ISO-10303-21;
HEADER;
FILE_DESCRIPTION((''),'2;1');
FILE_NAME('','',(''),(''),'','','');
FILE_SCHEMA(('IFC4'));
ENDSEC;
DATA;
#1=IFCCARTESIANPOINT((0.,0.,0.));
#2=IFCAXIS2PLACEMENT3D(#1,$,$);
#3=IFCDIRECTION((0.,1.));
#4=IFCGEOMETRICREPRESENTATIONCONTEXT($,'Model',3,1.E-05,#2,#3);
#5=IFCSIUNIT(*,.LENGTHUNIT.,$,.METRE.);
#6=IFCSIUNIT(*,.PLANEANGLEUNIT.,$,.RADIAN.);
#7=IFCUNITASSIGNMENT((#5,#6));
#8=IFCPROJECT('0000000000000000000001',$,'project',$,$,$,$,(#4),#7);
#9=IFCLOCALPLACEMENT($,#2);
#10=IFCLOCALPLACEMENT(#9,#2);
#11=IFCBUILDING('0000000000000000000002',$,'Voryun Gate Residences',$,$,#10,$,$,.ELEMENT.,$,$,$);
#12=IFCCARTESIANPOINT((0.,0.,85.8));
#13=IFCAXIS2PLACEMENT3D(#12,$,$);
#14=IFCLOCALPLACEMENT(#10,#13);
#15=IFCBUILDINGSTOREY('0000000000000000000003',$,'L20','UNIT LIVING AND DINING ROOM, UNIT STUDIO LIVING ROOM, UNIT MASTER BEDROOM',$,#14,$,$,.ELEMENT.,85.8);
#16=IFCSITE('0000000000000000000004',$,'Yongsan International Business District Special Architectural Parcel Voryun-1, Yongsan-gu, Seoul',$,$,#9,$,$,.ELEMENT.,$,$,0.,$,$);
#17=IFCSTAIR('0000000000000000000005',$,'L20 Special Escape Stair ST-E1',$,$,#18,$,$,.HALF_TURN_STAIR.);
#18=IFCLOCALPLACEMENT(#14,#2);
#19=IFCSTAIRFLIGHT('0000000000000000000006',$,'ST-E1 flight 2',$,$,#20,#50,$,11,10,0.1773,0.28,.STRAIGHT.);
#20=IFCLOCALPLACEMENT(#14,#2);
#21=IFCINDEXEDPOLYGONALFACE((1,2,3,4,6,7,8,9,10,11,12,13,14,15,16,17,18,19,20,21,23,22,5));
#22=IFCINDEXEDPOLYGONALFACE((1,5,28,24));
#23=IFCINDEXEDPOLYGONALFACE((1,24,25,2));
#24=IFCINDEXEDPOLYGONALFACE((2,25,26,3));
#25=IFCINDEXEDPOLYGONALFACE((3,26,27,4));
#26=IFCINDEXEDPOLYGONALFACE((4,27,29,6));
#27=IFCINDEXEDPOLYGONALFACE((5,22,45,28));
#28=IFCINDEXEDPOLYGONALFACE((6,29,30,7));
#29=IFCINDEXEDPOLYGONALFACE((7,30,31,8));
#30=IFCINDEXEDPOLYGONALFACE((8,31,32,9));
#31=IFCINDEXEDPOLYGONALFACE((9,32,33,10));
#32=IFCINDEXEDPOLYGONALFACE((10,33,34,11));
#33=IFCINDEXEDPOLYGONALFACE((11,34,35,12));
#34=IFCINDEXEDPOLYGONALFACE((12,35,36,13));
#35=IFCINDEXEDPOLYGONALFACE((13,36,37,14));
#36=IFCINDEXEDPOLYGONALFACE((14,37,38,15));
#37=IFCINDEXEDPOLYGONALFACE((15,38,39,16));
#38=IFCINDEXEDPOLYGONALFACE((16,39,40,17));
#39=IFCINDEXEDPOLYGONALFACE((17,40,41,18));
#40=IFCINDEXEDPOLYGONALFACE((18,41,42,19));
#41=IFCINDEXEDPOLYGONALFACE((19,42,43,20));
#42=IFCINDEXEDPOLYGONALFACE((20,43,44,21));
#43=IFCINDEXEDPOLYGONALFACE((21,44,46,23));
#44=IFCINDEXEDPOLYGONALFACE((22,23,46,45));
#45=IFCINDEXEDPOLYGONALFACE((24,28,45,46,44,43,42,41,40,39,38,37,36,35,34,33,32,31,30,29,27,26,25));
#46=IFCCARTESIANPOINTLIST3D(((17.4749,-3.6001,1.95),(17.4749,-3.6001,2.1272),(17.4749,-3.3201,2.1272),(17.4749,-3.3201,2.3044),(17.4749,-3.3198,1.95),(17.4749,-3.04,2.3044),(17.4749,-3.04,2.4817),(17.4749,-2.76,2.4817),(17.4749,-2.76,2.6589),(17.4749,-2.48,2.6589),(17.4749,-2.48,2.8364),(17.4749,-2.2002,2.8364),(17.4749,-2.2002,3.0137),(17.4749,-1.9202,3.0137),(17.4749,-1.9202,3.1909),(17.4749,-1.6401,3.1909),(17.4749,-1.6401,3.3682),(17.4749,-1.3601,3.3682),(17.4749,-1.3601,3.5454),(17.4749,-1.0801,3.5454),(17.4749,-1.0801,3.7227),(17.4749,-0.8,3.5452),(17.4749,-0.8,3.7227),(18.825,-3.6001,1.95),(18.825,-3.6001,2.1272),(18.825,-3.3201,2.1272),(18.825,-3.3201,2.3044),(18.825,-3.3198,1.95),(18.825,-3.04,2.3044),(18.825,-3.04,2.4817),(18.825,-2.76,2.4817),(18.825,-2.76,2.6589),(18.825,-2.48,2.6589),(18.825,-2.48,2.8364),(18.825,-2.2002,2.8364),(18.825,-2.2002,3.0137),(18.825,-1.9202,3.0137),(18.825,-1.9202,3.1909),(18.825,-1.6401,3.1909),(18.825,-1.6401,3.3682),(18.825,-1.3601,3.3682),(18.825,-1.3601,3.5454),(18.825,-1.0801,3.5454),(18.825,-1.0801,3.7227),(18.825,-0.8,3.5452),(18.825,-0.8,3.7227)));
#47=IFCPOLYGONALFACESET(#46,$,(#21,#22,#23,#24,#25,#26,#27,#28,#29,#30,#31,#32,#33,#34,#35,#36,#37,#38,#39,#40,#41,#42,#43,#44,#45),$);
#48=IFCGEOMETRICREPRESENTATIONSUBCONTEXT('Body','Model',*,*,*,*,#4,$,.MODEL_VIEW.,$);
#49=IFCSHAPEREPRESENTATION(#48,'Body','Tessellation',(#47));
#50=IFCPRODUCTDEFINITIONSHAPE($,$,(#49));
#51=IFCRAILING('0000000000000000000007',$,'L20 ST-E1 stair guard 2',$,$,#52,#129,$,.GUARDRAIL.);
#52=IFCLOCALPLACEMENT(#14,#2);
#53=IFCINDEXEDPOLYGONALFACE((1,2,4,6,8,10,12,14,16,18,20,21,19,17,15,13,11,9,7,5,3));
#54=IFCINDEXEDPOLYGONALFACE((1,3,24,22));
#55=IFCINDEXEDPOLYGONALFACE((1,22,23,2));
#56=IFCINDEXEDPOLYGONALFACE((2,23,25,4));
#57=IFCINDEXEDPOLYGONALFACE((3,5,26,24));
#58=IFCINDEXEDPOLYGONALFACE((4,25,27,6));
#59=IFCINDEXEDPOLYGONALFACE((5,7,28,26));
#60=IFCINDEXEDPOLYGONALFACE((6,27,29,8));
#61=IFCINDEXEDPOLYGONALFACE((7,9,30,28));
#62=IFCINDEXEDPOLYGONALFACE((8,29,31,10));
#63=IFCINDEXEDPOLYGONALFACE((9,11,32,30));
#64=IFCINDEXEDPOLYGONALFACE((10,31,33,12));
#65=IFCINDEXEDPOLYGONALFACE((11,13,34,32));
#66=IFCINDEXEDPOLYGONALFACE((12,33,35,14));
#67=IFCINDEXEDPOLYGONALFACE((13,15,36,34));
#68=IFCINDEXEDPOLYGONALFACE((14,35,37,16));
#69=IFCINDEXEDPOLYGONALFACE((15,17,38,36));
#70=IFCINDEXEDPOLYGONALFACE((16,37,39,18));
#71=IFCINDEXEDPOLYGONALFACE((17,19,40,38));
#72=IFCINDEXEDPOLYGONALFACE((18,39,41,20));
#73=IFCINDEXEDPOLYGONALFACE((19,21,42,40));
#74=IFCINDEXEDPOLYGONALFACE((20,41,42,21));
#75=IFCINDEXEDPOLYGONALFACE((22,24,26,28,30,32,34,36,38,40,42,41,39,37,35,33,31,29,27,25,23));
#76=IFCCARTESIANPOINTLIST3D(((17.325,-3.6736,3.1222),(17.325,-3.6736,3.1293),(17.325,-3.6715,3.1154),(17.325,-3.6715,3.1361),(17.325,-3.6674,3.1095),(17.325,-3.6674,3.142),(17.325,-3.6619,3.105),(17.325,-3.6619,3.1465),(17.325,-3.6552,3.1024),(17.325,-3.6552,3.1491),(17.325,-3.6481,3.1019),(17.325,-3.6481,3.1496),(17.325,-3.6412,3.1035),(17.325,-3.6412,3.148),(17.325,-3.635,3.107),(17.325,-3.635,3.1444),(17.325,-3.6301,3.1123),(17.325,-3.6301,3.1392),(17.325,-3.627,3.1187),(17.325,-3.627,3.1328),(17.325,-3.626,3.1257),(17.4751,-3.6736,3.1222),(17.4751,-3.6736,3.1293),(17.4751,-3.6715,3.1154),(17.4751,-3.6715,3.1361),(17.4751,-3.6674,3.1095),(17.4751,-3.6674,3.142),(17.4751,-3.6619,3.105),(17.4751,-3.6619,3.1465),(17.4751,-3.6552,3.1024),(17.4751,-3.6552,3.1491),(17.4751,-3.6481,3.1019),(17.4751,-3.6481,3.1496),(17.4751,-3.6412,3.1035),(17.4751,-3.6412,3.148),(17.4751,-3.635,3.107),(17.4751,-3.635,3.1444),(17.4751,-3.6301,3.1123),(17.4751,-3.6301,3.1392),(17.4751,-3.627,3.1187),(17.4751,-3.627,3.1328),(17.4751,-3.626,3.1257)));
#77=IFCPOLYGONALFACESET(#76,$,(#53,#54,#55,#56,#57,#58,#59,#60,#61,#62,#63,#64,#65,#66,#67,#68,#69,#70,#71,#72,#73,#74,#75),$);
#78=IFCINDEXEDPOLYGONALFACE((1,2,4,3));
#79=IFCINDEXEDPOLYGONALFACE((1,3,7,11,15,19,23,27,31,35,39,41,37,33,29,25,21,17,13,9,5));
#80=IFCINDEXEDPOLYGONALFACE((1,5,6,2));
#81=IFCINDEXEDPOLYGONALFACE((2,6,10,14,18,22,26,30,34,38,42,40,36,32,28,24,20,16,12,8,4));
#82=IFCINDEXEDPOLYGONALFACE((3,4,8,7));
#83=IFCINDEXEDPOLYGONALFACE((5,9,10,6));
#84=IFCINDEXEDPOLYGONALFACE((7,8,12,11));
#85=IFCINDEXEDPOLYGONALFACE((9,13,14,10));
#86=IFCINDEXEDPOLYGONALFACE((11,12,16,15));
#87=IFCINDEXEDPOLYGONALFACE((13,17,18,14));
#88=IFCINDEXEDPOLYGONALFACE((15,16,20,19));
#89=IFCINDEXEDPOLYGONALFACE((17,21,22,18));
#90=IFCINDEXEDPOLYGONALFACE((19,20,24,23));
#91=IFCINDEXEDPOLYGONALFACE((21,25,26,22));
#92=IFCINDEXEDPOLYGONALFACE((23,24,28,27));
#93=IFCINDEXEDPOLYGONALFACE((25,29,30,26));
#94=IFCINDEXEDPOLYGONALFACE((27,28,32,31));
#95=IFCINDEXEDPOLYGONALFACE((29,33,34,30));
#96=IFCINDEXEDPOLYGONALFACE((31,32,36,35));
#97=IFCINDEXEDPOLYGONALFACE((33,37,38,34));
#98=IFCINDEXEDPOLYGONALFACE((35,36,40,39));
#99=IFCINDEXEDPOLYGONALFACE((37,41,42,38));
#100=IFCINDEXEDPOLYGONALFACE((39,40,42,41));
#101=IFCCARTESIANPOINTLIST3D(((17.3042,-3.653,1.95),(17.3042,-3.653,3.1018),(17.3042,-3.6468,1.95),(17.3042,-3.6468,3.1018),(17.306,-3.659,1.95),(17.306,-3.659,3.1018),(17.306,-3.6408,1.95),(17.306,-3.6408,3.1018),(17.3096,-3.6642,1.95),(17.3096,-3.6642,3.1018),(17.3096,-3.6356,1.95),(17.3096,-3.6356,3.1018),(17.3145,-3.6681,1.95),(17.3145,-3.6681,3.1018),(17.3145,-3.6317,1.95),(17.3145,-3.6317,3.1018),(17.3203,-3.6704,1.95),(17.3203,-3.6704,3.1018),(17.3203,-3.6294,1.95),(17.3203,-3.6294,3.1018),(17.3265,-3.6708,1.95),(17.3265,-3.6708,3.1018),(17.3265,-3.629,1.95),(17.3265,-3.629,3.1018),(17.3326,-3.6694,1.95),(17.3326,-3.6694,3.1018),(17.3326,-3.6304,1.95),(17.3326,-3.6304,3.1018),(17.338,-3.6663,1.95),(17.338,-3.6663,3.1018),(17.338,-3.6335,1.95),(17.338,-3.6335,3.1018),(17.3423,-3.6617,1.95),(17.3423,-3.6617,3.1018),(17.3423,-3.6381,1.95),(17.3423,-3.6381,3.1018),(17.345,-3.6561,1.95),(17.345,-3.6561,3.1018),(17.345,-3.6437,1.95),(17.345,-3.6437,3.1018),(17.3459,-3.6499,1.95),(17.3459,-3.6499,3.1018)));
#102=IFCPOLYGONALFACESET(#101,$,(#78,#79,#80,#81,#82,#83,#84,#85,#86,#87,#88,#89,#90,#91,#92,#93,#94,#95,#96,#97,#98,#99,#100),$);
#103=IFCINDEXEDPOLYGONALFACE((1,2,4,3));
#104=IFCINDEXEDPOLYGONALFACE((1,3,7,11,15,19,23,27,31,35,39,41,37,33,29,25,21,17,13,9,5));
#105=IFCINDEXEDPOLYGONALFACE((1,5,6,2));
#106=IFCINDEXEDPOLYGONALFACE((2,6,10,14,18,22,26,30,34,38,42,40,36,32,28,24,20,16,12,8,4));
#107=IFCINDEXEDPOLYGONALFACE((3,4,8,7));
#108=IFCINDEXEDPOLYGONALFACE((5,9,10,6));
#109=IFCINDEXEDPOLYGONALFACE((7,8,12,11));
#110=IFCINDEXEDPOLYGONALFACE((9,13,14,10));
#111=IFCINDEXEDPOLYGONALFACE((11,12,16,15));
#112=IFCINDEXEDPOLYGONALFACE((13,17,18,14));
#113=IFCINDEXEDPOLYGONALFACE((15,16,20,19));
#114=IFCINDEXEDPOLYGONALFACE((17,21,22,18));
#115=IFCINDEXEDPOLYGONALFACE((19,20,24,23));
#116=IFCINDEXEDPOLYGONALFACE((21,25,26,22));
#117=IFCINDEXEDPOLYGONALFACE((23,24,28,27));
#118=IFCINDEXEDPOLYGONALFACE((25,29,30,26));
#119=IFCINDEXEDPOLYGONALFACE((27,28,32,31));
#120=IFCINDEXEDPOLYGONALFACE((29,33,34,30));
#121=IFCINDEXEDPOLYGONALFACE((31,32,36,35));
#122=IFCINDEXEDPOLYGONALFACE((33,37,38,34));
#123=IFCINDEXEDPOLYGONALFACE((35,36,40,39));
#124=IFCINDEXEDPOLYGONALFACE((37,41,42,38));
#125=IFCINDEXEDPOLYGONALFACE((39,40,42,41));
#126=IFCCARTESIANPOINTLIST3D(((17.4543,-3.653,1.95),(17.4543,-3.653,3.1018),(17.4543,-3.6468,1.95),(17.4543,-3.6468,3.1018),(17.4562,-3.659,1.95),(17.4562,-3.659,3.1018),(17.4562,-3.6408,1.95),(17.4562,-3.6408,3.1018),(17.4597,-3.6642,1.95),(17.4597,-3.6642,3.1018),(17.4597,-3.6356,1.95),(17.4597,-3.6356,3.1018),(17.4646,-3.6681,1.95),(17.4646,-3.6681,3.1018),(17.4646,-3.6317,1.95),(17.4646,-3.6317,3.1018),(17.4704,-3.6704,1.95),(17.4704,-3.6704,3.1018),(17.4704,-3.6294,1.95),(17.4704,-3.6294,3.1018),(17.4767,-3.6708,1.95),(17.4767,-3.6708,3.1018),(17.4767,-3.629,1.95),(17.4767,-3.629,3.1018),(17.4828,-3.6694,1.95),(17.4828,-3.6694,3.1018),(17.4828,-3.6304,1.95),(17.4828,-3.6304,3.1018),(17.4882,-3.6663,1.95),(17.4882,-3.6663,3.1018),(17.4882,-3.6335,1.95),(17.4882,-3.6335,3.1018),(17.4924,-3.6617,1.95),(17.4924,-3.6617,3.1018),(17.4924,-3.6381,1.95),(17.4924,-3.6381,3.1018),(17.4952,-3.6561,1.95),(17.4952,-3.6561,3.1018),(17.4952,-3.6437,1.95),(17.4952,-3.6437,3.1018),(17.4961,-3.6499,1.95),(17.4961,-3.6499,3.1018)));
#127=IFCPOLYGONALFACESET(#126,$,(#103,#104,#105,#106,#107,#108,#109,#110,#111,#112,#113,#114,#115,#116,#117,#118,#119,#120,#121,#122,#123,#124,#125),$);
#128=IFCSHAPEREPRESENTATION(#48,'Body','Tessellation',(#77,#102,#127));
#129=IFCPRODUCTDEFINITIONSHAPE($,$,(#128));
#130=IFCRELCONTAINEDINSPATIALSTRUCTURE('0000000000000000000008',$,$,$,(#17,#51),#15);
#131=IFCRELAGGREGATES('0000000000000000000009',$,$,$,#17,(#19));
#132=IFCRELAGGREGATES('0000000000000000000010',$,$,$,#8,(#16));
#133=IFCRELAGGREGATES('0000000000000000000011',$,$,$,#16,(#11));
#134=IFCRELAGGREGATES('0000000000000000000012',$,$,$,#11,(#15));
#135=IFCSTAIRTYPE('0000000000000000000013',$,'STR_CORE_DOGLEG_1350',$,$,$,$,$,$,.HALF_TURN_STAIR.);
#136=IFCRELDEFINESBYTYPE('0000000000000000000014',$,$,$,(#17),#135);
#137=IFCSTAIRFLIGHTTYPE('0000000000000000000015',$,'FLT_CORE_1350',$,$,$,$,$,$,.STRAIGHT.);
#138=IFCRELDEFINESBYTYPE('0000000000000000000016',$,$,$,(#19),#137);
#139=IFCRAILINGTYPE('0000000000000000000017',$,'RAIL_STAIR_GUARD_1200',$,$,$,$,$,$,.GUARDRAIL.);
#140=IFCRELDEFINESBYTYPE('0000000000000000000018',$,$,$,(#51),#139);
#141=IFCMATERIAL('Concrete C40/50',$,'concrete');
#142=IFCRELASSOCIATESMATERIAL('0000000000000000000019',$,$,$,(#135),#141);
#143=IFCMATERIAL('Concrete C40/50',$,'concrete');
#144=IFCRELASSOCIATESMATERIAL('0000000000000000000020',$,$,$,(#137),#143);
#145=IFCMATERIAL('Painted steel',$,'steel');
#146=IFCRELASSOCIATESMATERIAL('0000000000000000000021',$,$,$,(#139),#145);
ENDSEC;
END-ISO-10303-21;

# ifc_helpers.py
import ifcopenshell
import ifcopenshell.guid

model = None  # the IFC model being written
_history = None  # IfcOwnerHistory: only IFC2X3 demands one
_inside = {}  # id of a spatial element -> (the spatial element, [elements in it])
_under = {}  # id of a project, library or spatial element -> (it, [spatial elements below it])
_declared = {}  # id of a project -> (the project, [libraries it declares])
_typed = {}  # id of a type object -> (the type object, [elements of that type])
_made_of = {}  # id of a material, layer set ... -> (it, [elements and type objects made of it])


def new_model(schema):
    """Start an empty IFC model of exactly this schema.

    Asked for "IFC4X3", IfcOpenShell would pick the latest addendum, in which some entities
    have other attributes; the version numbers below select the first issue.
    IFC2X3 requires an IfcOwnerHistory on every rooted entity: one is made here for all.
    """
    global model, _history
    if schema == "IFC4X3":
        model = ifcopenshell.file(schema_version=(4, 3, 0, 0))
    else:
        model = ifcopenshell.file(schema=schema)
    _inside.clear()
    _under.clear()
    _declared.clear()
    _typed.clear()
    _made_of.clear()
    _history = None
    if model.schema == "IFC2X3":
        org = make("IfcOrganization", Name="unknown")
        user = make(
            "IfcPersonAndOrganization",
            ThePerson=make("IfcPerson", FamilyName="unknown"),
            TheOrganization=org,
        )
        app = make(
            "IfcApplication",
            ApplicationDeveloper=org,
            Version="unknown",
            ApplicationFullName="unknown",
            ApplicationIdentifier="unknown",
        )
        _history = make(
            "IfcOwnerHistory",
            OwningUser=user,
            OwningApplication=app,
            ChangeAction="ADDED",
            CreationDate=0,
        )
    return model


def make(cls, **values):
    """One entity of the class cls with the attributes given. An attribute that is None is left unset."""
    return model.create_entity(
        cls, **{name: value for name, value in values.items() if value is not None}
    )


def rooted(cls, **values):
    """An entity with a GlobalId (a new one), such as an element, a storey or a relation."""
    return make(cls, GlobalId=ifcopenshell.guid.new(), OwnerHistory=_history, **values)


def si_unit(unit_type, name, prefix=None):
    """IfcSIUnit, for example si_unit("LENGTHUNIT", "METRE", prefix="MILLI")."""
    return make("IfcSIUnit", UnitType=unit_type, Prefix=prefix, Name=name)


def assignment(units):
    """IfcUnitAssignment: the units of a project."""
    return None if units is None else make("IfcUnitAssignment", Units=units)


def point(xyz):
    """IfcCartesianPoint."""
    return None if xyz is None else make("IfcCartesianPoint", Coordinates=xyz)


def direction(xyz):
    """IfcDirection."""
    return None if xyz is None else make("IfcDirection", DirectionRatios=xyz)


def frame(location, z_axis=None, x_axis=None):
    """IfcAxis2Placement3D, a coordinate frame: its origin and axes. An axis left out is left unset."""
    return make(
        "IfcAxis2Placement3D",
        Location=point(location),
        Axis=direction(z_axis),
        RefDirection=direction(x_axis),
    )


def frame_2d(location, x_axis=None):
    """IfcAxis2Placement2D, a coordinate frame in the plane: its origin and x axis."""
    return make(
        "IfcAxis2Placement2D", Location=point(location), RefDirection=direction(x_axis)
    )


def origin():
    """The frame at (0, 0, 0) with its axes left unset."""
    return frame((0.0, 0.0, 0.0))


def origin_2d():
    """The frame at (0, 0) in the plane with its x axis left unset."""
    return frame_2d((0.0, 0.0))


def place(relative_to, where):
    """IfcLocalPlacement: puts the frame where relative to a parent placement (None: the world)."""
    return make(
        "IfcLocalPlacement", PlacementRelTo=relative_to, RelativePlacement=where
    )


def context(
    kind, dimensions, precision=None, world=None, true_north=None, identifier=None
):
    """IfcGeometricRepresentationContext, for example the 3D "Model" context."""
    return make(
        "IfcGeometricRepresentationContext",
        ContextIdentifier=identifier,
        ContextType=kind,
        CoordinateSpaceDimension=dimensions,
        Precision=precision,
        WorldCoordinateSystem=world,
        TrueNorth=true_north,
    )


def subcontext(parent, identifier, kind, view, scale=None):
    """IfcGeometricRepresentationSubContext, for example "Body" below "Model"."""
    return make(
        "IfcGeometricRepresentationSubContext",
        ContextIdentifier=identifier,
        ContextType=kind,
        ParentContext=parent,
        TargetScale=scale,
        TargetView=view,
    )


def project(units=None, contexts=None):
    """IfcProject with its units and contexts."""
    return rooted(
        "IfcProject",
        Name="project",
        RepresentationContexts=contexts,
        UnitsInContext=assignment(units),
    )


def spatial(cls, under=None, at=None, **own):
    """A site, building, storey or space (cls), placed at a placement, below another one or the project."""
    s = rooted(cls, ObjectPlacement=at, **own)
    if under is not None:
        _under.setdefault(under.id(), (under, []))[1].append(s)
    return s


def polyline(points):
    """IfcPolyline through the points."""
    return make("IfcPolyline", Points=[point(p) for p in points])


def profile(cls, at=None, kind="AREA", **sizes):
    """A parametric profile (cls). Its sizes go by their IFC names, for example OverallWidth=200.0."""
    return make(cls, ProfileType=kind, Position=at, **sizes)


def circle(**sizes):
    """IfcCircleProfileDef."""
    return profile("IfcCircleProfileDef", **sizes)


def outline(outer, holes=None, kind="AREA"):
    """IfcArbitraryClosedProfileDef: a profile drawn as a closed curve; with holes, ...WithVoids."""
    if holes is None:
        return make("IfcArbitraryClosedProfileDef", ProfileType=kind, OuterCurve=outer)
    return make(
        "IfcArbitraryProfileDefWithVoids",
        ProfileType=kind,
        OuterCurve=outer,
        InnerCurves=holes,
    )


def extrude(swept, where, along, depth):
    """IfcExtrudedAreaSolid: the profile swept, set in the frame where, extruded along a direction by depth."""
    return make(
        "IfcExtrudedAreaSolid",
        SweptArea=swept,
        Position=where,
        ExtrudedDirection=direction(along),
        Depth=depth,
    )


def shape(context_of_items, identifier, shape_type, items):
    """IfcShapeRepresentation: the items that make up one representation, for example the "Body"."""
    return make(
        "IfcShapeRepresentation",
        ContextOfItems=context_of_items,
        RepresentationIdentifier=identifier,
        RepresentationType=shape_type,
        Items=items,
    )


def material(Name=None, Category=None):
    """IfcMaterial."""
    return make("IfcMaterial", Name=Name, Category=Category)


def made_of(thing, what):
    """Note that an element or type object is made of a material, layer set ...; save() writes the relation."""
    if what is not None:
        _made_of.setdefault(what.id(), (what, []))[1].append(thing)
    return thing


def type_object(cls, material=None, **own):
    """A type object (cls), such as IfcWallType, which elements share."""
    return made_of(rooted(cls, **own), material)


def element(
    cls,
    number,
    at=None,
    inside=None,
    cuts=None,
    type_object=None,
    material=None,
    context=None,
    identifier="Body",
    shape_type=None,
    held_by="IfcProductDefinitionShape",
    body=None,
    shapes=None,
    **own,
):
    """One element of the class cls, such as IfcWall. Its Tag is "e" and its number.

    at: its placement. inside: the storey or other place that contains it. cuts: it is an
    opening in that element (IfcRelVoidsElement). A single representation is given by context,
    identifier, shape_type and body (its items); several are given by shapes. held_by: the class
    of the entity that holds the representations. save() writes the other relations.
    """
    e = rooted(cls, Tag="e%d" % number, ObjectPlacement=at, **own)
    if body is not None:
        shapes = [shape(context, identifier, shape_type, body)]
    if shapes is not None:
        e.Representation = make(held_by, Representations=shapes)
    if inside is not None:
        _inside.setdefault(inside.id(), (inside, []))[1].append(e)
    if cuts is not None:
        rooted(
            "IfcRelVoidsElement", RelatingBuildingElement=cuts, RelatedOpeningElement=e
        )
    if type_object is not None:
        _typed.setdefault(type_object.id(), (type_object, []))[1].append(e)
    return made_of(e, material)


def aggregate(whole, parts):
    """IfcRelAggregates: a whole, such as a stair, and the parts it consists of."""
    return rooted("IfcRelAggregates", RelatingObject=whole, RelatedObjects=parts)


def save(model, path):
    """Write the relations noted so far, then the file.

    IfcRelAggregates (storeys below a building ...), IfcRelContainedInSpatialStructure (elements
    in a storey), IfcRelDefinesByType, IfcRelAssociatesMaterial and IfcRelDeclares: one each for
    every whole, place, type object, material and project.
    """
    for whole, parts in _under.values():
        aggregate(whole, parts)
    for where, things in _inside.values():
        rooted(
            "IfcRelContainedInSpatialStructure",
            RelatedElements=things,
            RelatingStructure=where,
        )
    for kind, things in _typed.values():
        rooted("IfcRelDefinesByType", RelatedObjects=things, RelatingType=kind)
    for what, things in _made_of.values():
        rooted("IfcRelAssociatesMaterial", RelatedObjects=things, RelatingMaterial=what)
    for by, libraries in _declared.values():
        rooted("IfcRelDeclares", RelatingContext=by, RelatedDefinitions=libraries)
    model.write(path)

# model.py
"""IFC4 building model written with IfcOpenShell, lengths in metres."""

from ifc_helpers import new_model, si_unit, direction, frame, origin, origin_2d, place, context, subcontext, project, spatial, polyline, circle, outline, extrude, material, type_object, element, aggregate, save


model = new_model("IFC4")

# Units and contexts
model_context = context("Model", 3, precision=1e-05, world=origin(), true_north=direction((0.0, 1.0)))
body_context = subcontext(model_context, "Body", "Model", "MODEL_VIEW")
ifc_project = project(units=[si_unit("LENGTHUNIT", "METRE"), si_unit("PLANEANGLEUNIT", "RADIAN")], contexts=[model_context])

# Site, building, storey
site_placement = place(None, origin())
site = spatial("IfcSite", under=ifc_project, at=site_placement, Name="Yongsan International Business District Special Architectural Parcel Voryun-1, Yongsan-gu, Seoul", CompositionType="ELEMENT", RefElevation=0.0)
building_placement = place(site_placement, origin())
building = spatial("IfcBuilding", under=site, at=building_placement, Name="Voryun Gate Residences", CompositionType="ELEMENT")
storey_placement = place(building_placement, frame((0.0, 0.0, 85.8)))
storey = spatial("IfcBuildingStorey", under=building, at=storey_placement, Name="L20", Description="UNIT LIVING AND DINING ROOM, UNIT STUDIO LIVING ROOM, UNIT MASTER BEDROOM", CompositionType="ELEMENT", Elevation=85.8)

# Stair, stair flight
ifc_material_1 = material(Name="Concrete C40/50", Category="concrete")
stair_type = type_object("IfcStairType", Name="STR_CORE_DOGLEG_1350", PredefinedType="HALF_TURN_STAIR", material=ifc_material_1)
stair_placement = place(storey_placement, origin())
stair = element("IfcStair", 1, at=stair_placement, inside=storey, type_object=stair_type, Name="L20 Special Escape Stair ST-E1", PredefinedType="HALF_TURN_STAIR")
ifc_material_2 = material(Name="Concrete C40/50", Category="concrete")
stair_flight_type = type_object("IfcStairFlightType", Name="FLT_CORE_1350", PredefinedType="STRAIGHT", material=ifc_material_2)
stair_flight_placement = place(storey_placement, frame((18.1499, -3.6001, 1.95), z_axis=(0.0, 0.0, 1.0), x_axis=(0.0, 1.0, 0.0)))
stair_flight = element("IfcStairFlight", 2, at=stair_flight_placement, type_object=stair_flight_type, Name="ST-E1 flight 2", NumberOfRisers=11, NumberOfTreads=10, PredefinedType="STRAIGHT", RiserHeight=0.1773, TreadLength=0.28, context=body_context, shape_type="SweptSolid", body=[
    extrude(outline(polyline([(0.0, 0.0), (0.0, 0.1772), (0.28, 0.1772), (0.28, 0.3545), (0.5601, 0.3545), (0.5601, 0.5317), (0.8401, 0.5317), (0.8401, 0.709), (1.1201, 0.709), (1.1201, 0.8865), (1.3999, 0.8865), (1.3999, 1.0637), (1.6799, 1.0637), (1.6799, 1.241), (1.96, 1.241), (1.96, 1.4182), (2.24, 1.4182), (2.24, 1.5955), (2.52, 1.5955), (2.52, 1.7727), (2.8, 1.7727), (2.8, 1.95), (2.8, 1.5952), (0.2803, 0.0), (0.0, 0.0)])), frame((0.0, 0.675, 0.0), z_axis=(0.0, -1.0, 0.0), x_axis=(1.0, 0.0, 0.0)), (0.0, 0.0, 1.0), 1.3501),
])
aggregate(stair, [stair_flight])

# Railing
ifc_material_3 = material(Name="Painted steel", Category="steel")
railing_type_1 = type_object("IfcRailingType", Name="RAIL_STAIR_GUARD_1200", PredefinedType="GUARDRAIL", material=ifc_material_3)
railing_1_placement = place(storey_placement, frame((17.325, -3.6499, 1.95)))
element("IfcRailing", 3, at=railing_1_placement, inside=storey, type_object=railing_type_1, Name="L20 ST-E1 stair guard 2", PredefinedType="GUARDRAIL", context=body_context, shape_type="SweptSolid", body=[
    extrude(circle(Radius=0.0239, at=origin_2d()), frame((0.0, 0.0, 1.1758), z_axis=(1.0, 0.0, 0.0), x_axis=(0.0, 1.0, 0.0)), (0.0, 0.0, 1.0), 0.1501),
    extrude(circle(Radius=0.021, at=origin_2d()), origin(), (0.0, 0.0, 1.0), 1.1519),
    extrude(circle(Radius=0.021, at=origin_2d()), frame((0.1501, 0.0, 0.0)), (0.0, 0.0, 1.0), 1.1519),
])

save(model, "model.ifc")
